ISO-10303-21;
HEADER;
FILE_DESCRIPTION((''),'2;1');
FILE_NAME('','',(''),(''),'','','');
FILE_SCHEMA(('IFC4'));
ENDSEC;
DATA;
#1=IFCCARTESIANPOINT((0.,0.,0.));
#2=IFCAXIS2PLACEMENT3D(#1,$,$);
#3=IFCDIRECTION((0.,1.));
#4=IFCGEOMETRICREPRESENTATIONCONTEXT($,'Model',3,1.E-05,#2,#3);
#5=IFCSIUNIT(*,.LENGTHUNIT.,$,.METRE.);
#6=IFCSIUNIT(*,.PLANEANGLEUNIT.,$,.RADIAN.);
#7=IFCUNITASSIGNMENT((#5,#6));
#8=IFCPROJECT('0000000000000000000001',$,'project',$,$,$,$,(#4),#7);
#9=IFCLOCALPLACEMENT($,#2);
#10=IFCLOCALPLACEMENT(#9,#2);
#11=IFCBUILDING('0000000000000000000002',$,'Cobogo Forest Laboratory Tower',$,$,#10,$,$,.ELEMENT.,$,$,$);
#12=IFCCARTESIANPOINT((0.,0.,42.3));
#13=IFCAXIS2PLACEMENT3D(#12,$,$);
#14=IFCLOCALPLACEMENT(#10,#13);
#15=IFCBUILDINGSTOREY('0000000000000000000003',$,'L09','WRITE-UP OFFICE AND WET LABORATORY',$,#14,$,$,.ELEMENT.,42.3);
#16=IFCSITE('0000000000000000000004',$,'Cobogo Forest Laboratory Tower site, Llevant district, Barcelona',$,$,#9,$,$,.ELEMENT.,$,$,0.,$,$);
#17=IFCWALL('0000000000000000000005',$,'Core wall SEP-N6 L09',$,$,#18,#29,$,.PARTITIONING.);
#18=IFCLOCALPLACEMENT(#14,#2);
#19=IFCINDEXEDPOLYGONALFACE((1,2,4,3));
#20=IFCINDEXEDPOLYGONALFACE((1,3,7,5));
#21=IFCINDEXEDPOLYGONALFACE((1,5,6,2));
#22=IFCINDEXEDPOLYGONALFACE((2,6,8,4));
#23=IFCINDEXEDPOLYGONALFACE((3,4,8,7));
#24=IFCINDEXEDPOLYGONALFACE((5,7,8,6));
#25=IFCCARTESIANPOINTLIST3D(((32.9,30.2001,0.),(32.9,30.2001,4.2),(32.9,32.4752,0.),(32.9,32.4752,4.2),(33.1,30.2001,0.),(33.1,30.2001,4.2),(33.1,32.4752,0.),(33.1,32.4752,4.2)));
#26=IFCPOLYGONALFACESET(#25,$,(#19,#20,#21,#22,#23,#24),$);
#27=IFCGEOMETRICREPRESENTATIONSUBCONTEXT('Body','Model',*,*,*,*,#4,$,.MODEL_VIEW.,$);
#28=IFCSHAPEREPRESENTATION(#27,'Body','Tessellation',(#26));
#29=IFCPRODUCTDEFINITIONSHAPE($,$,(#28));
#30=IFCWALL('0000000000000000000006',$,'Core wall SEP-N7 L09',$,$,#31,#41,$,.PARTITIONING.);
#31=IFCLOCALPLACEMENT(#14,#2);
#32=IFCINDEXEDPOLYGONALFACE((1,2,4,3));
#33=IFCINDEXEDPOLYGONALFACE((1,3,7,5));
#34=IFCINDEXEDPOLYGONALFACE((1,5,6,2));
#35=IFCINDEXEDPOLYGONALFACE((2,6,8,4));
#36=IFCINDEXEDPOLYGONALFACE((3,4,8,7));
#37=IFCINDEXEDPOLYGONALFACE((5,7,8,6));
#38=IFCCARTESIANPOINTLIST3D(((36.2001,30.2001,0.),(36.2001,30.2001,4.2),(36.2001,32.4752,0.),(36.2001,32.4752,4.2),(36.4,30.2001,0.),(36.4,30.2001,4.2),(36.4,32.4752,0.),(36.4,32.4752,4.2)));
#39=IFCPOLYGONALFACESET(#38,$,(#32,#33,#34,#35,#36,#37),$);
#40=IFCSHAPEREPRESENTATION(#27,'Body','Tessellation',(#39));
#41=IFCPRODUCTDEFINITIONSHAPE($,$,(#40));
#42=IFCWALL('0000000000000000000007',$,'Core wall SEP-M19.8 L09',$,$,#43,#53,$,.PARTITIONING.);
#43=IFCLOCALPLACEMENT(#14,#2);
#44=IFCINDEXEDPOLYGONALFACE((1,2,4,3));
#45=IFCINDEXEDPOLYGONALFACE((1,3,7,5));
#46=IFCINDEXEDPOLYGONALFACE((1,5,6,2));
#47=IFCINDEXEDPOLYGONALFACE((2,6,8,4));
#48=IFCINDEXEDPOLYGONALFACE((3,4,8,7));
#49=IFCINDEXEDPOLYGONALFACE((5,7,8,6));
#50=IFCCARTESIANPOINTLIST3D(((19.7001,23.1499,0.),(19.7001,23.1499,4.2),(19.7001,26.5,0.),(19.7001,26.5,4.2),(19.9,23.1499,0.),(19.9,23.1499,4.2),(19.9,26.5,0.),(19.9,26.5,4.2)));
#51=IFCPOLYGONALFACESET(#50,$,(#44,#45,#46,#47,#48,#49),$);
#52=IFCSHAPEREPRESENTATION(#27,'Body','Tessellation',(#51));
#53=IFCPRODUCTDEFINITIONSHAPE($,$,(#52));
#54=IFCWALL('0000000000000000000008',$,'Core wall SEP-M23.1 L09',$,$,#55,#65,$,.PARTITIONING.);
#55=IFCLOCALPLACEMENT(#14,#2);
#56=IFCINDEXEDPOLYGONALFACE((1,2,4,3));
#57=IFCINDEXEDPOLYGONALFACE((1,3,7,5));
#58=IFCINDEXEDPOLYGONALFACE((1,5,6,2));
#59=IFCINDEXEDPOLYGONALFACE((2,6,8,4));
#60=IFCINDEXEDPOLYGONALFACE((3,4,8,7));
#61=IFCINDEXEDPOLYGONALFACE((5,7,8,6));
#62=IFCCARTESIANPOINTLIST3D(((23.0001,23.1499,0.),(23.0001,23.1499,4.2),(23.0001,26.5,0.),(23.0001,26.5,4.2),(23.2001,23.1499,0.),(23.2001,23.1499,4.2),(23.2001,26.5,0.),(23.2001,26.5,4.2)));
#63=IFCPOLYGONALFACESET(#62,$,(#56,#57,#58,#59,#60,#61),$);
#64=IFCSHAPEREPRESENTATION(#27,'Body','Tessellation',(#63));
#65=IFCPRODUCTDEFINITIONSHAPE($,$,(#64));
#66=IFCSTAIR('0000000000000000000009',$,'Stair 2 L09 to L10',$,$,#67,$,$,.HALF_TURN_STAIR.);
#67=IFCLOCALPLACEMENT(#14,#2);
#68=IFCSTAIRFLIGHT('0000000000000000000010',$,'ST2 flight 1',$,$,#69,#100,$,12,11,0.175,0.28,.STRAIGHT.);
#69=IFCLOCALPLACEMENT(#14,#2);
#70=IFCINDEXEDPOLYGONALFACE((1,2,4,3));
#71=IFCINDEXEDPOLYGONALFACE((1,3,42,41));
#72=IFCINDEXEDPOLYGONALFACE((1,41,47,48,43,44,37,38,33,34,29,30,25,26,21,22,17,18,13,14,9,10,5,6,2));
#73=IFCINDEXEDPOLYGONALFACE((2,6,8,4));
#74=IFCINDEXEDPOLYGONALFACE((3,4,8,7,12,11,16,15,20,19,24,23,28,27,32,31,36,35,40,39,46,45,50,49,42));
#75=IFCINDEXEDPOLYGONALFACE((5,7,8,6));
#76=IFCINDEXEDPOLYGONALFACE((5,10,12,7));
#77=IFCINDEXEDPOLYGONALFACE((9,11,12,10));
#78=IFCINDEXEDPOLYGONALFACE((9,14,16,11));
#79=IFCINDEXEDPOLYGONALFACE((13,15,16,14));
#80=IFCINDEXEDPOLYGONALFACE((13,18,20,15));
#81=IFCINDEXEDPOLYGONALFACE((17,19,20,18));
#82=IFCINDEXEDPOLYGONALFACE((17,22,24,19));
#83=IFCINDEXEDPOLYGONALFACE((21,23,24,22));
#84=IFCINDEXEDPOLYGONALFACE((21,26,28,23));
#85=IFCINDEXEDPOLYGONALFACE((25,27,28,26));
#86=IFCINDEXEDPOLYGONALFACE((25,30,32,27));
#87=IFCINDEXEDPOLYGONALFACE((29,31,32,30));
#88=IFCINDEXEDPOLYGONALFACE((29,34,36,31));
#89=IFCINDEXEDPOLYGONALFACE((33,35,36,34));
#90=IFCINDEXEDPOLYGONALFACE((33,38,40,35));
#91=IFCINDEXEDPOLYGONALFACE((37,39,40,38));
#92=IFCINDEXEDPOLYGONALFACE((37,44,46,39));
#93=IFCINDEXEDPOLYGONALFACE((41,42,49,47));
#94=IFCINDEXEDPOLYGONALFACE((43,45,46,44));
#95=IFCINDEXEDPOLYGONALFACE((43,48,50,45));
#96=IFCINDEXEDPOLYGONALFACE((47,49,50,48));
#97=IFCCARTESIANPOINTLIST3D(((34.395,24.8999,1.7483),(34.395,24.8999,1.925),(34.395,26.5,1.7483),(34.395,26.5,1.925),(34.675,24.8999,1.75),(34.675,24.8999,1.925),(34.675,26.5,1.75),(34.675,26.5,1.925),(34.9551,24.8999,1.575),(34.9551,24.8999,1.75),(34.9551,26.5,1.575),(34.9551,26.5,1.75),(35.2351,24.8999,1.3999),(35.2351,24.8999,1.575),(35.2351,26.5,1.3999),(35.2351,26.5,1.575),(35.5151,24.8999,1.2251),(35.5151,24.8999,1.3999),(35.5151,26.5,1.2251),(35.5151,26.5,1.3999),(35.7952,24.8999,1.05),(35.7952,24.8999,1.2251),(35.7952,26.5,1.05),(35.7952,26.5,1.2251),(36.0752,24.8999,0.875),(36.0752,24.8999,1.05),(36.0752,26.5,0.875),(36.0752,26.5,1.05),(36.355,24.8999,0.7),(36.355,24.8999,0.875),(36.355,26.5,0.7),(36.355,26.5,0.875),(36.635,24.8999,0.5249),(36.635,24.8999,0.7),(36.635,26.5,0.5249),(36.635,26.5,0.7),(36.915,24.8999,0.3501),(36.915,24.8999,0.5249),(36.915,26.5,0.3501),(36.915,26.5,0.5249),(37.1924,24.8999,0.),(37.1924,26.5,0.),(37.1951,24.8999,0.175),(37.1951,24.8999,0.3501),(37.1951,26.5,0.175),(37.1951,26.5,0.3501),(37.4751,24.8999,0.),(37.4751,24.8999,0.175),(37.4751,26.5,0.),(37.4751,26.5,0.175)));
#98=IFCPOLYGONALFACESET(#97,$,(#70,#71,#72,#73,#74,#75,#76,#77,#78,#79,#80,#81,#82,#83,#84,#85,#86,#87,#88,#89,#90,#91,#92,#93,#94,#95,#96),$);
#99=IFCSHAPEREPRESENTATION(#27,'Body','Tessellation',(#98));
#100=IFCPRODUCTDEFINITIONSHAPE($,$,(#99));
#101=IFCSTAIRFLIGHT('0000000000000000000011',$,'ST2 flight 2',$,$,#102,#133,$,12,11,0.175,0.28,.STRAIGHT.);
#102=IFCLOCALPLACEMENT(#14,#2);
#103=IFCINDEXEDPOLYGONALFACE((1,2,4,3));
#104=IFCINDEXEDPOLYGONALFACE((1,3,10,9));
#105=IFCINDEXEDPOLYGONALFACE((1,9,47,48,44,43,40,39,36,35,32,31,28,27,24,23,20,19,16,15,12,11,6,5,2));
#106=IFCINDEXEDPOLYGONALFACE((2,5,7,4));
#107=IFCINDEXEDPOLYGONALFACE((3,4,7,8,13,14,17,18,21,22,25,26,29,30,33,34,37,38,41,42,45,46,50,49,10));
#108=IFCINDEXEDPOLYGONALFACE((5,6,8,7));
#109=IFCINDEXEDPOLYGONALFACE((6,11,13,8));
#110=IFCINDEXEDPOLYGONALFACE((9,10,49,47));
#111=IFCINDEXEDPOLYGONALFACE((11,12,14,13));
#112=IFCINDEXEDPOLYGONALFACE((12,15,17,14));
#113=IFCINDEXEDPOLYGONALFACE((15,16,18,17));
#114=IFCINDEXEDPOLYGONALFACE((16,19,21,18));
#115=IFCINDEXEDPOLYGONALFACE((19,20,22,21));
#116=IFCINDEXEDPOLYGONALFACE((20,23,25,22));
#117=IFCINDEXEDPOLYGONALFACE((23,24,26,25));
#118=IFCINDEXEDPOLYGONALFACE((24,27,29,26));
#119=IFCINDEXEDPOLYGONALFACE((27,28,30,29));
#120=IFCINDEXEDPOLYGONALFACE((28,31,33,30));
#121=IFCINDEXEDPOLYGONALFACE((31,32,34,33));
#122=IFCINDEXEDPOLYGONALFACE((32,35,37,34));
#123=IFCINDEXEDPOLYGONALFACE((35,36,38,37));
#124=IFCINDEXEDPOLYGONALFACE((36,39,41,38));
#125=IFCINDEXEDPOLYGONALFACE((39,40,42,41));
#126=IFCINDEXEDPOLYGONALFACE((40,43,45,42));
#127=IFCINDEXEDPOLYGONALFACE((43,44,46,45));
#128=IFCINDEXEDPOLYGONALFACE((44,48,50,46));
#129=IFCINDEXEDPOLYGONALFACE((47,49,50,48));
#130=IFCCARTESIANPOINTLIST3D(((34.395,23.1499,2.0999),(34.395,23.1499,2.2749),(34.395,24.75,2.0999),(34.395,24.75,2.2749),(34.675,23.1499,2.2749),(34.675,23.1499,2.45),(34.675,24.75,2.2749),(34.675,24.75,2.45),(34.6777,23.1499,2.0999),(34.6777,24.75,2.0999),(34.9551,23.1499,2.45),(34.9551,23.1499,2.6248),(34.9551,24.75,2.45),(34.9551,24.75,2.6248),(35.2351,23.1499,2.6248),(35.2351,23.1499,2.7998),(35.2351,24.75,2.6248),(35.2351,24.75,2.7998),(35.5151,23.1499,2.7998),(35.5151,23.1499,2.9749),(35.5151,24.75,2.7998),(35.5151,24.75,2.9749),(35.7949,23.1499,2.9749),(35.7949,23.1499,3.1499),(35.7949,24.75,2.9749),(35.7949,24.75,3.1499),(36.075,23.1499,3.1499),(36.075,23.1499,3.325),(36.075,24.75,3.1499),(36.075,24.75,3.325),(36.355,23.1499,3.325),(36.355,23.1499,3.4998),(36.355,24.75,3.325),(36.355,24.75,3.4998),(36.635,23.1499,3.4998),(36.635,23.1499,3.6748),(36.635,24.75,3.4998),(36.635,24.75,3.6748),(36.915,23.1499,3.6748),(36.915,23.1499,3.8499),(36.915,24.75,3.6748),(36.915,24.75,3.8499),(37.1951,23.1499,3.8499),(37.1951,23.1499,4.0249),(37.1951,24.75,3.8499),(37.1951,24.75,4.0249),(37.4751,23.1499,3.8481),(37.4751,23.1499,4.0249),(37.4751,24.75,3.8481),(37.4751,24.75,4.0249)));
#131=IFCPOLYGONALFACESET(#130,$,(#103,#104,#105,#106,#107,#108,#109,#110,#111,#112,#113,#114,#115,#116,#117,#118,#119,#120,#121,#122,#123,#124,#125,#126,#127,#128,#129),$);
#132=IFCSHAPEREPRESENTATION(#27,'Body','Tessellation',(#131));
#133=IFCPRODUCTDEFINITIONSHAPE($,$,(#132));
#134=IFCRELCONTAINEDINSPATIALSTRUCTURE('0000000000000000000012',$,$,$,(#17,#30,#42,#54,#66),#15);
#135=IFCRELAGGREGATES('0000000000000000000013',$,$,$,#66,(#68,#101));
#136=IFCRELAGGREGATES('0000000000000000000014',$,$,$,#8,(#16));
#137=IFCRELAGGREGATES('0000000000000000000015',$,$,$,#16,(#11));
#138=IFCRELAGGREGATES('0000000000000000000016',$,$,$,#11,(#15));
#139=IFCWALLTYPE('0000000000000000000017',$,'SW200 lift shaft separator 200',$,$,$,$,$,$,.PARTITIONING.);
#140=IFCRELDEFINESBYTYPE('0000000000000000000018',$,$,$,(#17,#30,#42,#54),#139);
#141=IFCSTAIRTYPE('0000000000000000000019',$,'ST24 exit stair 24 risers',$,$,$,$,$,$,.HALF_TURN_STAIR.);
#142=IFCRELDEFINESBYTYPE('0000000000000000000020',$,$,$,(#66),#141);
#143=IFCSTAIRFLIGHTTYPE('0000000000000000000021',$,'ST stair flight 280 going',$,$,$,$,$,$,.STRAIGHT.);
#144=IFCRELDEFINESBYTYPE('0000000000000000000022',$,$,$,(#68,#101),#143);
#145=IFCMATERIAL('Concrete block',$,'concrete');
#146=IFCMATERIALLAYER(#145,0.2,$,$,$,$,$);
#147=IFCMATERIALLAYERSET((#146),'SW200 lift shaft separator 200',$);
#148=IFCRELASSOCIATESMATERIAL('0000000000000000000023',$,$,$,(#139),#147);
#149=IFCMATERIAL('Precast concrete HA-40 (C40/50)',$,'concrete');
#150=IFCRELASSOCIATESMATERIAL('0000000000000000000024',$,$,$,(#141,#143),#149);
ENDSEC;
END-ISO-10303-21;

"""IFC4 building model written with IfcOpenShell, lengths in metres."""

from ifc_helpers import new_model, si_unit, direction, frame, frame_2d, origin, place, context, subcontext, project, spatial, polyline, rectangle, outline, extrude, material, layer, layer_set, type_object, element, aggregate, save


model = new_model("IFC4")

# Units and contexts
model_context = context("Model", 3, precision=1e-05, world=origin(), true_north=direction((0.0, 1.0)))
body_context = subcontext(model_context, "Body", "Model", "MODEL_VIEW")
ifc_project = project(units=[si_unit("LENGTHUNIT", "METRE"), si_unit("PLANEANGLEUNIT", "RADIAN")], contexts=[model_context])

# Site, building, storey
site_placement = place(None, origin())
site = spatial("IfcSite", under=ifc_project, at=site_placement, Name="Cobogo Forest Laboratory Tower site, Llevant district, Barcelona", CompositionType="ELEMENT", RefElevation=0.0)
building_placement = place(site_placement, origin())
building = spatial("IfcBuilding", under=site, at=building_placement, Name="Cobogo Forest Laboratory Tower", CompositionType="ELEMENT")
storey_placement = place(building_placement, frame((0.0, 0.0, 42.3)))
storey = spatial("IfcBuildingStorey", under=building, at=storey_placement, Name="L09", Description="WRITE-UP OFFICE AND WET LABORATORY", CompositionType="ELEMENT", Elevation=42.3)

# Walls
ifc_material_1 = material(Name="Concrete block", Category="concrete")
ifc_layer_1 = layer(ifc_material_1, 0.2)
ifc_layer_set_1 = layer_set([ifc_layer_1], Name="SW200 lift shaft separator 200")
wall_type_1 = type_object("IfcWallType", Name="SW200 lift shaft separator 200", PredefinedType="PARTITIONING", material=ifc_layer_set_1)
for number, where, z_axis, x_axis, name in (
    (1, (33.0, 30.2, 0.0), (0.0, 0.0, 1.0), (0.0, 1.0, 0.0), "Core wall SEP-N6 L09"),
    (2, (36.3, 30.2, 0.0), (0.0, 0.0, 1.0), (0.0, 1.0, 0.0), "Core wall SEP-N7 L09"),
):
    element("IfcWall", number, at=place(storey_placement, frame(where, z_axis=z_axis, x_axis=x_axis)), inside=storey, type_object=wall_type_1, Name=name, PredefinedType="PARTITIONING", context=body_context, shape_type="SweptSolid", body=[
        extrude(rectangle(XDim=2.2751, YDim=0.2, at=frame_2d((1.1377, 0.0))), origin(), (0.0, 0.0, 1.0), 4.2),
    ])
for number, where, z_axis, x_axis, name in (
    (3, (19.8, 23.1499, 0.0), (0.0, 0.0, 1.0), (0.0, 1.0, 0.0), "Core wall SEP-M19.8 L09"),
    (4, (23.1001, 23.1499, 0.0), (0.0, 0.0, 1.0), (0.0, 1.0, 0.0), "Core wall SEP-M23.1 L09"),
):
    element("IfcWall", number, at=place(storey_placement, frame(where, z_axis=z_axis, x_axis=x_axis)), inside=storey, type_object=wall_type_1, Name=name, PredefinedType="PARTITIONING", context=body_context, shape_type="SweptSolid", body=[
        extrude(rectangle(XDim=3.3501, YDim=0.2, at=frame_2d((1.675, 0.0))), origin(), (0.0, 0.0, 1.0), 4.2),
    ])

# Stair, stair flights
ifc_material_2 = material(Name="Precast concrete HA-40 (C40/50)", Category="concrete")
stair_type = type_object("IfcStairType", Name="ST24 exit stair 24 risers", PredefinedType="HALF_TURN_STAIR", material=ifc_material_2)
stair_placement = place(storey_placement, origin())
stair = element("IfcStair", 5, at=stair_placement, inside=storey, type_object=stair_type, Name="Stair 2 L09 to L10", PredefinedType="HALF_TURN_STAIR")
stair_flight_type = type_object("IfcStairFlightType", Name="ST stair flight 280 going", PredefinedType="STRAIGHT", material=ifc_material_2)
stair_flight_1_placement = place(storey_placement, frame((37.4751, 25.7, 0.0), z_axis=(0.0, 0.0, 1.0), x_axis=(-1.0, 0.0, 0.0)))
stair_flight_1 = element("IfcStairFlight", 6, at=stair_flight_1_placement, type_object=stair_flight_type, Name="ST2 flight 1", NumberOfRisers=12, NumberOfTreads=11, PredefinedType="STRAIGHT", RiserHeight=0.175, TreadLength=0.28, context=body_context, shape_type="SweptSolid", body=[
    extrude(outline(polyline([(0.0, 0.0), (0.0, 0.175), (0.28, 0.175), (0.28, 0.3501), (0.5601, 0.3501), (0.5601, 0.5249), (0.8401, 0.5249), (0.8401, 0.7), (1.1201, 0.7), (1.1201, 0.875), (1.3999, 0.875), (1.3999, 1.05), (1.6799, 1.05), (1.6799, 1.2251), (1.96, 1.2251), (1.96, 1.3999), (2.24, 1.3999), (2.24, 1.575), (2.52, 1.575), (2.52, 1.75), (2.8, 1.75), (2.8, 1.925), (3.0801, 1.925), (3.0801, 2.1001), (3.0801, 1.7483), (0.2827, 0.0), (0.0, 0.0)])), frame((0.0, 0.8, 0.0), z_axis=(0.0, -1.0, 0.0), x_axis=(1.0, 0.0, 0.0)), (0.0, 0.0, 1.0), 1.6001),
])
stair_flight_2_placement = place(storey_placement, frame((34.395, 23.95, 2.0999), z_axis=(0.0, 0.0, 1.0), x_axis=(1.0, 0.0, 0.0)))
stair_flight_2 = element("IfcStairFlight", 7, at=stair_flight_2_placement, type_object=stair_flight_type, Name="ST2 flight 2", NumberOfRisers=12, NumberOfTreads=11, PredefinedType="STRAIGHT", RiserHeight=0.175, TreadLength=0.28, context=body_context, shape_type="SweptSolid", body=[
    extrude(outline(polyline([(0.0, 0.0), (0.0, 0.175), (0.28, 0.175), (0.28, 0.3501), (0.5601, 0.3501), (0.5601, 0.5249), (0.8401, 0.5249), (0.8401, 0.7), (1.1201, 0.7), (1.1201, 0.875), (1.3999, 0.875), (1.3999, 1.05), (1.6799, 1.05), (1.6799, 1.2251), (1.96, 1.2251), (1.96, 1.3999), (2.24, 1.3999), (2.24, 1.575), (2.52, 1.575), (2.52, 1.75), (2.8, 1.75), (2.8, 1.925), (3.0801, 1.925), (3.0801, 2.1001), (3.0801, 1.7483), (0.2827, 0.0), (0.0, 0.0)])), frame((0.0, 0.8, 0.0), z_axis=(0.0, -1.0, 0.0), x_axis=(1.0, 0.0, 0.0)), (0.0, 0.0, 1.0), 1.6001),
])
aggregate(stair, [stair_flight_1, stair_flight_2])

save(model, "model.ifc")
